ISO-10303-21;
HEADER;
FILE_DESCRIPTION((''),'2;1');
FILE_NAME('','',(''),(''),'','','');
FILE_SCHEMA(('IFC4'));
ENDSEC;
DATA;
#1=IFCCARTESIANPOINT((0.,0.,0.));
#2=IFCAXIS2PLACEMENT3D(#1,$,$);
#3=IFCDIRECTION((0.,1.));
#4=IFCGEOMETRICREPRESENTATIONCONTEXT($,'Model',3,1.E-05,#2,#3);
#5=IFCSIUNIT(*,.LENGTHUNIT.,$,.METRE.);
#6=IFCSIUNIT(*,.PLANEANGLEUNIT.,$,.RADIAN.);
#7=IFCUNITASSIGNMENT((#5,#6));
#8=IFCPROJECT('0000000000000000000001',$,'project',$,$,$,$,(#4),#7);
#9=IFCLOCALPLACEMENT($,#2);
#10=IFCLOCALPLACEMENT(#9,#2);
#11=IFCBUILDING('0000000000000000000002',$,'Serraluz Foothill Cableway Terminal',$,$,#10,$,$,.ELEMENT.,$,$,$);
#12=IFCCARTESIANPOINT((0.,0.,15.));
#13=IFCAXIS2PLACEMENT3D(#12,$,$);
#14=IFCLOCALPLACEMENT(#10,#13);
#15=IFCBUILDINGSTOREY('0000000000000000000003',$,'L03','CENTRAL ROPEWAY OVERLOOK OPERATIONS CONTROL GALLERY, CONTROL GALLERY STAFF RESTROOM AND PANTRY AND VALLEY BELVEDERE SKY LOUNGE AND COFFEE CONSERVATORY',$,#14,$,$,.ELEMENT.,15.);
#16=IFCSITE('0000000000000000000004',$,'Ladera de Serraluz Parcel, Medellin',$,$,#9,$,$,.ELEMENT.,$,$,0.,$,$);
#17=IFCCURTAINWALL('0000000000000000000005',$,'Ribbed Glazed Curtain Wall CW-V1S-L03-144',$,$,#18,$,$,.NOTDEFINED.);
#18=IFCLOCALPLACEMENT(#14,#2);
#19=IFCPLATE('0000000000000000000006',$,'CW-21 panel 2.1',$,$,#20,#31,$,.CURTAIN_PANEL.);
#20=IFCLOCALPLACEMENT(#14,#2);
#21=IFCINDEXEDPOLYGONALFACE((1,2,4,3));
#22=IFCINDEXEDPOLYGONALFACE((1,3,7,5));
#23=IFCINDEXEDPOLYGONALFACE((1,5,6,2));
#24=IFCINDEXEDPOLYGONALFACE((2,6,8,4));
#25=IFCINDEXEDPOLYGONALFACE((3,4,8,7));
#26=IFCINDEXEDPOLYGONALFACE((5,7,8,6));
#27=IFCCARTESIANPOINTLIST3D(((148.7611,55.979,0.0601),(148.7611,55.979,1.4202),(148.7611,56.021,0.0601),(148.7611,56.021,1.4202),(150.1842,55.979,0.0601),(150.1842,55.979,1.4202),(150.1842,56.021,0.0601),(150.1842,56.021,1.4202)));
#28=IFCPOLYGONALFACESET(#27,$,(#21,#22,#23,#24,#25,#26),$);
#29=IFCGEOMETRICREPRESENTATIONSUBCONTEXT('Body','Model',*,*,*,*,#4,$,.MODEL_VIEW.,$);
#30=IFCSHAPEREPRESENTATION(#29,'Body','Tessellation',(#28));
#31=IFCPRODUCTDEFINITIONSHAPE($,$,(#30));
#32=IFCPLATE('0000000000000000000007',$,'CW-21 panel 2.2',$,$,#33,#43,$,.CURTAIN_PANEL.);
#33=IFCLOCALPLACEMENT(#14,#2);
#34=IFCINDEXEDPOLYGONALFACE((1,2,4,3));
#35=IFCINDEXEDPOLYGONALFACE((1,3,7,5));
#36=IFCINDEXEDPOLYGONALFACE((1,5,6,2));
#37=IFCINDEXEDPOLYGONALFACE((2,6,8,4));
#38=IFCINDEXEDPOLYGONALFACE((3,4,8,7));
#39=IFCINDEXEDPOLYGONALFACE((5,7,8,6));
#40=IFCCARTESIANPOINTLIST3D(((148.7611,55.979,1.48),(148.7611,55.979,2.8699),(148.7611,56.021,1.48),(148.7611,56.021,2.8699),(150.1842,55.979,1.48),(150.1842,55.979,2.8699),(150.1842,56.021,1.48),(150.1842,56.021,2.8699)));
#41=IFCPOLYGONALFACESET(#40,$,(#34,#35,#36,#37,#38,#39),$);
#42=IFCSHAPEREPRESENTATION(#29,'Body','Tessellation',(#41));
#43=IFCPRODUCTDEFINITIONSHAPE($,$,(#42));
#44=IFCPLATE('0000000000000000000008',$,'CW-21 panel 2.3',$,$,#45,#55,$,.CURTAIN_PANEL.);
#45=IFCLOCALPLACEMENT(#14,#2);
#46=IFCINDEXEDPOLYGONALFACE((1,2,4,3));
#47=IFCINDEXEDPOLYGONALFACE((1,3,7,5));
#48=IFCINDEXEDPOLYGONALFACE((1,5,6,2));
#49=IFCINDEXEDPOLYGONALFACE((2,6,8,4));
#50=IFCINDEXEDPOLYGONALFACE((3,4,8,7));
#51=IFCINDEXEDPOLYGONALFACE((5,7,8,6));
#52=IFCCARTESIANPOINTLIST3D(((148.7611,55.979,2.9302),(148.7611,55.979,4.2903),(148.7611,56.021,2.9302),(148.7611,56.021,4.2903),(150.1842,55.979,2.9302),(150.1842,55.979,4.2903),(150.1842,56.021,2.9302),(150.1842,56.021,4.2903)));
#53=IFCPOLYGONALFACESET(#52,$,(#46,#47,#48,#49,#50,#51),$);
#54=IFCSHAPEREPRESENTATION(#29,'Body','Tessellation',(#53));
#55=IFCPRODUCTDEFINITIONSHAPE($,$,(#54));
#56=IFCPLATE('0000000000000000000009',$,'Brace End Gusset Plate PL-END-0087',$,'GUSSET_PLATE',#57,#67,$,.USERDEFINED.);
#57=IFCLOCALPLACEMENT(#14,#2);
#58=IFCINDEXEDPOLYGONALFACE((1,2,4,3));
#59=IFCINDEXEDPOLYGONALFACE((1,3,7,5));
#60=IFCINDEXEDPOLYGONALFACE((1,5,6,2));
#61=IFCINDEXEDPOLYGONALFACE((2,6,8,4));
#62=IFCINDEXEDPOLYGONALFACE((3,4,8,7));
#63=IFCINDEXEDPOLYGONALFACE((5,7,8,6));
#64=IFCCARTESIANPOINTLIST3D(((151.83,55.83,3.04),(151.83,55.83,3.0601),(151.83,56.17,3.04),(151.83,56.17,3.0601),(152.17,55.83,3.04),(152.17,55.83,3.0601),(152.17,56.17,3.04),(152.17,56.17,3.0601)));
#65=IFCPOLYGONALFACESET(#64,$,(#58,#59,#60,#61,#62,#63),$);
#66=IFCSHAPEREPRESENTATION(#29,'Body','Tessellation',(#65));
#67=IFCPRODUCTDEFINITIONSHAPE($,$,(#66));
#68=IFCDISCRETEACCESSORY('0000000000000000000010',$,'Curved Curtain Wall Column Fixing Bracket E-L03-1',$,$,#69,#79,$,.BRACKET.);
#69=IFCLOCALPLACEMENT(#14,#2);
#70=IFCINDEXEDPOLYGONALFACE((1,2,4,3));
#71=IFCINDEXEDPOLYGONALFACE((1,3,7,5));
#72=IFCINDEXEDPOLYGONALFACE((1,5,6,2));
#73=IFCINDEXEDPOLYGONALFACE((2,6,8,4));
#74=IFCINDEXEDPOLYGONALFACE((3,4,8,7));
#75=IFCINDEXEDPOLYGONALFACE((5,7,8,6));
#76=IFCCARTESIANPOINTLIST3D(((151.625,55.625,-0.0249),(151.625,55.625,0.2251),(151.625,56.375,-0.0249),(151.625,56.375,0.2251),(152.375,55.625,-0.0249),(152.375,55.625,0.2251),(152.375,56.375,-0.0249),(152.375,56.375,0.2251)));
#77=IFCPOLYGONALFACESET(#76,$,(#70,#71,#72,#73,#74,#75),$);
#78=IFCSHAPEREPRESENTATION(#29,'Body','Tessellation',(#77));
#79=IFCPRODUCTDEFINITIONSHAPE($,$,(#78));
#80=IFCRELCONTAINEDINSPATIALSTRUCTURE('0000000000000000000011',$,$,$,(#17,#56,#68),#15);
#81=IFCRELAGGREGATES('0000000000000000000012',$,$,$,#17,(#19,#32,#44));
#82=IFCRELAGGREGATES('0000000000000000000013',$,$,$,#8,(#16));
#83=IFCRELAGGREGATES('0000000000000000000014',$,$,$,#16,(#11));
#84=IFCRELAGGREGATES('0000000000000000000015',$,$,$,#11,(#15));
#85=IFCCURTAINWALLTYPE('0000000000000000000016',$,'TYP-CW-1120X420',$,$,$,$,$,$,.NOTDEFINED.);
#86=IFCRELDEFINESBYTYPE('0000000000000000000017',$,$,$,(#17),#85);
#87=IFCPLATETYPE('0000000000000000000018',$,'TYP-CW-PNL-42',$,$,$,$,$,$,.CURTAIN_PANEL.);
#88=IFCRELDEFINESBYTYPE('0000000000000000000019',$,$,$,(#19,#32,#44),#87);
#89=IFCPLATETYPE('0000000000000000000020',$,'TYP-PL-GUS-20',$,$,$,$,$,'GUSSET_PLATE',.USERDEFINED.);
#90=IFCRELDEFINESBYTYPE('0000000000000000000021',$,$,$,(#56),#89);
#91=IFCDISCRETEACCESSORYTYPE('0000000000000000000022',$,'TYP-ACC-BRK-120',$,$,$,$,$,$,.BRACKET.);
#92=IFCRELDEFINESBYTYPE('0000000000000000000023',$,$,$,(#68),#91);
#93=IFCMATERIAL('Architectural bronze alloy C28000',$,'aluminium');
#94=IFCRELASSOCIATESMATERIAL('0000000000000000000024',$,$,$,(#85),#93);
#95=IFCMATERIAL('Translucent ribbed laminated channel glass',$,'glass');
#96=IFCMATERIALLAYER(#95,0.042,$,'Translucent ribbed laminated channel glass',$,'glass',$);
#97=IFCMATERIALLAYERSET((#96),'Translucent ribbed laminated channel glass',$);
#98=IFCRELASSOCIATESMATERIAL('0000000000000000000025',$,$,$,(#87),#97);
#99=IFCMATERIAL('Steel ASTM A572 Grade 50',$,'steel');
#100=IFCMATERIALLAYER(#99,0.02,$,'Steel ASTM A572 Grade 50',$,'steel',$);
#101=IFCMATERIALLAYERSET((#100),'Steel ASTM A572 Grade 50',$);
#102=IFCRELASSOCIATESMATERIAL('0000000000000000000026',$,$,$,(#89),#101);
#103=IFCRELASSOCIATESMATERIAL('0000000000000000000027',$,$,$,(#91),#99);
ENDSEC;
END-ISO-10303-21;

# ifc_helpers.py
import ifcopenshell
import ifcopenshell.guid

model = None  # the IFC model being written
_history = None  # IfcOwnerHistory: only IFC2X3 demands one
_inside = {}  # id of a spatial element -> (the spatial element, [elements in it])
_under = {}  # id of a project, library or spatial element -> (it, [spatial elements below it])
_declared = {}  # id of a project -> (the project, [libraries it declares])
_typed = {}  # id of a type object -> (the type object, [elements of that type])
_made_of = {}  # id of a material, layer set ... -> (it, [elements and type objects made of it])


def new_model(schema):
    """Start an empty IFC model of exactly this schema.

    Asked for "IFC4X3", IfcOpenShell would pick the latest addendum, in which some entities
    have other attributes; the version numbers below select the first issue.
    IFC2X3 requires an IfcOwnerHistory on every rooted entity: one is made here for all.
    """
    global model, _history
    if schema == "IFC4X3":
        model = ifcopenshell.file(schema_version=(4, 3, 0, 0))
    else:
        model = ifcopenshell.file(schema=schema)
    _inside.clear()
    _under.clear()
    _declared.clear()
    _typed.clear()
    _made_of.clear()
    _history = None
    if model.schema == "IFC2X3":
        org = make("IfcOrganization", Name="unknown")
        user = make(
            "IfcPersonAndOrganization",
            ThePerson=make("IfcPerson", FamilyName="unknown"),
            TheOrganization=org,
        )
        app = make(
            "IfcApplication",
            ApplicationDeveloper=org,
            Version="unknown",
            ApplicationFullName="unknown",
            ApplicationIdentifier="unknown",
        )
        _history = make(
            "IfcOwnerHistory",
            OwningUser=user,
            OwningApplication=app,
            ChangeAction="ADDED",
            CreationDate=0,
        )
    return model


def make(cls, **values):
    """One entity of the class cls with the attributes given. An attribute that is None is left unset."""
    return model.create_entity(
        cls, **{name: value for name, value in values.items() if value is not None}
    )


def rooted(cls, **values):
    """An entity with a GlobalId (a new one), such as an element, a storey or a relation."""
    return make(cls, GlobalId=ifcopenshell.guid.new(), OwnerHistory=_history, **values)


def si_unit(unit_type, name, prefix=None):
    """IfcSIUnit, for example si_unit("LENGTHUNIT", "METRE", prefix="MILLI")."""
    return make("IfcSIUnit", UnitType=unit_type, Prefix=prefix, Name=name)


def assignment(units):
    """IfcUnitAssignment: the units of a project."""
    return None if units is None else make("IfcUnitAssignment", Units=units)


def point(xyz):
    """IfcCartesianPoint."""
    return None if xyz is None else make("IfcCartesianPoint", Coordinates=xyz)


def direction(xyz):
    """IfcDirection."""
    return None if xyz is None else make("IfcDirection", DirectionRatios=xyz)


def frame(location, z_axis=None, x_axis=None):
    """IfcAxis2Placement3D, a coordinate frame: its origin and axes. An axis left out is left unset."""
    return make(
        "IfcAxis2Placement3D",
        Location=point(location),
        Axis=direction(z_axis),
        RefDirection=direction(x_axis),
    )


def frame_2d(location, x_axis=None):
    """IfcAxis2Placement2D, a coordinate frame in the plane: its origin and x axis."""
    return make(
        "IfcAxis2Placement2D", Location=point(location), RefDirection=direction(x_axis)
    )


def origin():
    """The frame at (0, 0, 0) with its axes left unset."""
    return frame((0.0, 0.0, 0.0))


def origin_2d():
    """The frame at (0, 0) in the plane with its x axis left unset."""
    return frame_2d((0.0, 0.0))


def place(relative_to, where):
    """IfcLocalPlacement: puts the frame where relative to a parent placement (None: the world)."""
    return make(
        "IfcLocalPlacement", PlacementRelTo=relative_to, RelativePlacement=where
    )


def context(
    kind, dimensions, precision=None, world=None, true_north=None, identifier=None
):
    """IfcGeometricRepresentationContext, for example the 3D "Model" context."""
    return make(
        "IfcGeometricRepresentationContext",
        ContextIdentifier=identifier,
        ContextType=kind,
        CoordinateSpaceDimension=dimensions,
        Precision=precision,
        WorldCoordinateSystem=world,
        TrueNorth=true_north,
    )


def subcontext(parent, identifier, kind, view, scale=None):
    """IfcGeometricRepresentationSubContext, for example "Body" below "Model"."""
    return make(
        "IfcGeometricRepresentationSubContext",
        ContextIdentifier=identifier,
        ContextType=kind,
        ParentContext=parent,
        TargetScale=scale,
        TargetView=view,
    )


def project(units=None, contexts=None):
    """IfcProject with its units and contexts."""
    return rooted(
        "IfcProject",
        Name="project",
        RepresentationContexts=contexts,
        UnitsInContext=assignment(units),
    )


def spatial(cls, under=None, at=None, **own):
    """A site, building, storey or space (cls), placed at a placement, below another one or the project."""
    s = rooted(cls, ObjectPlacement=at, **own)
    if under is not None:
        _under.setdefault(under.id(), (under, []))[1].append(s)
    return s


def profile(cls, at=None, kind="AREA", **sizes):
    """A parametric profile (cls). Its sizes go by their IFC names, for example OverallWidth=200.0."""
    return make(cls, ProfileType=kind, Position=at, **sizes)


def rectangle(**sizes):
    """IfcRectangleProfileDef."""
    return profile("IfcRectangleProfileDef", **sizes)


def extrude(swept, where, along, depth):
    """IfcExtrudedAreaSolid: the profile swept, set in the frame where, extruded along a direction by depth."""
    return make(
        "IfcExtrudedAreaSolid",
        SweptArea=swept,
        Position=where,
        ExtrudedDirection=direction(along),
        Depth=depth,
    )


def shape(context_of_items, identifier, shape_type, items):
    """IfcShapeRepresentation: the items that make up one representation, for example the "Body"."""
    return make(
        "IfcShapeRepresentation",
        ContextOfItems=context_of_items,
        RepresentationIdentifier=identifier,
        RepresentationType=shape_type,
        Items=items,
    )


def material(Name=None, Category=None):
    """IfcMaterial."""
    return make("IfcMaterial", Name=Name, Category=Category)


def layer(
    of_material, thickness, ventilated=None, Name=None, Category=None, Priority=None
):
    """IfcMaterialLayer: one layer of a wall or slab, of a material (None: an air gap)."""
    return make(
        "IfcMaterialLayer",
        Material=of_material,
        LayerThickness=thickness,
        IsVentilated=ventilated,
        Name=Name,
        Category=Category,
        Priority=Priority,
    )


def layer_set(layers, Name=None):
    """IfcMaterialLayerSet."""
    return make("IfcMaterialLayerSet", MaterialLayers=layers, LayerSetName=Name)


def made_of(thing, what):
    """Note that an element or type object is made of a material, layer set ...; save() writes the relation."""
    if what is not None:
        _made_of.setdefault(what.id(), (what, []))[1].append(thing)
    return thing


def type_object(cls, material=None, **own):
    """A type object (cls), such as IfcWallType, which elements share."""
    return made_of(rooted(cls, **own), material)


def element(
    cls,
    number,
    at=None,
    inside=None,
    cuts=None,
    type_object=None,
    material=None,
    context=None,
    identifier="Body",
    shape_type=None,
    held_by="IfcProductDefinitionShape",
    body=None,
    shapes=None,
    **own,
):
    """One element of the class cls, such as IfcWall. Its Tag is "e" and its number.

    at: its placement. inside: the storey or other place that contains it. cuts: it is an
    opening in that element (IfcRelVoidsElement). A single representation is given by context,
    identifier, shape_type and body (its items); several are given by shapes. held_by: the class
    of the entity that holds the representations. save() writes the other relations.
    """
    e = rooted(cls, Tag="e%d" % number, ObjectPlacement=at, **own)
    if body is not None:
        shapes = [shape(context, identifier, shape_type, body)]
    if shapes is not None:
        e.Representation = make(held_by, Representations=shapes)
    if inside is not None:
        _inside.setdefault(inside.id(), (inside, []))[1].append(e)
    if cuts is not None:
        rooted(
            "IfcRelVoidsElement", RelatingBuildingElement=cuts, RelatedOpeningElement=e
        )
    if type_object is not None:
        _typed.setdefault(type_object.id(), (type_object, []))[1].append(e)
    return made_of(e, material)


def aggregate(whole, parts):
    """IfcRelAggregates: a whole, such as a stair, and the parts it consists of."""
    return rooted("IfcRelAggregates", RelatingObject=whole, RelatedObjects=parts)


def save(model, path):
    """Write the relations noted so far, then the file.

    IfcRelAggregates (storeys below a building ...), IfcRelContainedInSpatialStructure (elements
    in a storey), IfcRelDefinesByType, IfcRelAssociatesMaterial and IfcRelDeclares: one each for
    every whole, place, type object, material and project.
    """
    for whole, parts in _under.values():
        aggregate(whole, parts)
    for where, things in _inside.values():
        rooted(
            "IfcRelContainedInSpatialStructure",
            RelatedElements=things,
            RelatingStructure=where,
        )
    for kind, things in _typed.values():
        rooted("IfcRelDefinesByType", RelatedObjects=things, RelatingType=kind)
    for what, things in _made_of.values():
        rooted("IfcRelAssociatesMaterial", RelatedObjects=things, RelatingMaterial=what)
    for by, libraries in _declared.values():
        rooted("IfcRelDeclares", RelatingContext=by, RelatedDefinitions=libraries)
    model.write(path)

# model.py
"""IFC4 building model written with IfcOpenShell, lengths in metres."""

from ifc_helpers import new_model, si_unit, direction, frame, origin, origin_2d, place, context, subcontext, project, spatial, rectangle, extrude, material, layer, layer_set, type_object, element, aggregate, save


model = new_model("IFC4")

# Units and contexts
model_context = context("Model", 3, precision=1e-05, world=origin(), true_north=direction((0.0, 1.0)))
body_context = subcontext(model_context, "Body", "Model", "MODEL_VIEW")
ifc_project = project(units=[si_unit("LENGTHUNIT", "METRE"), si_unit("PLANEANGLEUNIT", "RADIAN")], contexts=[model_context])

# Site, building, storey
site_placement = place(None, origin())
site = spatial("IfcSite", under=ifc_project, at=site_placement, Name="Ladera de Serraluz Parcel, Medellin", CompositionType="ELEMENT", RefElevation=0.0)
building_placement = place(site_placement, origin())
building = spatial("IfcBuilding", under=site, at=building_placement, Name="Serraluz Foothill Cableway Terminal", CompositionType="ELEMENT")
storey_placement = place(building_placement, frame((0.0, 0.0, 15.0)))
storey = spatial("IfcBuildingStorey", under=building, at=storey_placement, Name="L03", Description="CENTRAL ROPEWAY OVERLOOK OPERATIONS CONTROL GALLERY, CONTROL GALLERY STAFF RESTROOM AND PANTRY AND VALLEY BELVEDERE SKY LOUNGE AND COFFEE CONSERVATORY", CompositionType="ELEMENT", Elevation=15.0)

# Curtain wall
ifc_material_1 = material(Name="Architectural bronze alloy C28000", Category="aluminium")
curtain_wall_type_1 = type_object("IfcCurtainWallType", Name="TYP-CW-1120X420", PredefinedType="NOTDEFINED", material=ifc_material_1)
curtain_wall_1_placement = place(storey_placement, origin())
curtain_wall_1 = element("IfcCurtainWall", 1, at=curtain_wall_1_placement, inside=storey, type_object=curtain_wall_type_1, Name="Ribbed Glazed Curtain Wall CW-V1S-L03-144", PredefinedType="NOTDEFINED")

# Shared definitions
ifc_material_2 = material(Name="Steel ASTM A572 Grade 50", Category="steel")

# Plates
ifc_material_3 = material(Name="Translucent ribbed laminated channel glass", Category="glass")
ifc_layer_1 = layer(ifc_material_3, 0.042, Name="Translucent ribbed laminated channel glass", Category="glass")
ifc_layer_set_1 = layer_set([ifc_layer_1], Name="Translucent ribbed laminated channel glass")
plate_type_1 = type_object("IfcPlateType", Name="TYP-CW-PNL-42", PredefinedType="CURTAIN_PANEL", material=ifc_layer_set_1)
plate_1_placement = place(storey_placement, frame((149.4727, 56.0, 0.0601), z_axis=(0.0, 0.0, 1.0), x_axis=(-1.0, 0.0, 0.0)))
plate_1 = element("IfcPlate", 2, at=plate_1_placement, type_object=plate_type_1, Name="CW-21 panel 2.1", PredefinedType="CURTAIN_PANEL", context=body_context, shape_type="SweptSolid", body=[
    extrude(rectangle(XDim=1.4231, YDim=0.042, at=origin_2d()), origin(), (0.0, 0.0, 1.0), 1.3601),
])
plate_2_placement = place(storey_placement, frame((149.4727, 56.0, 1.48), z_axis=(0.0, 0.0, 1.0), x_axis=(-1.0, 0.0, 0.0)))
plate_2 = element("IfcPlate", 3, at=plate_2_placement, type_object=plate_type_1, Name="CW-21 panel 2.2", PredefinedType="CURTAIN_PANEL", context=body_context, shape_type="SweptSolid", body=[
    extrude(rectangle(XDim=1.4231, YDim=0.042, at=origin_2d()), origin(), (0.0, 0.0, 1.0), 1.3899),
])
plate_3_placement = place(storey_placement, frame((149.4727, 56.0, 2.9302), z_axis=(0.0, 0.0, 1.0), x_axis=(-1.0, 0.0, 0.0)))
plate_3 = element("IfcPlate", 4, at=plate_3_placement, type_object=plate_type_1, Name="CW-21 panel 2.3", PredefinedType="CURTAIN_PANEL", context=body_context, shape_type="SweptSolid", body=[
    extrude(rectangle(XDim=1.4231, YDim=0.042, at=origin_2d()), origin(), (0.0, 0.0, 1.0), 1.3601),
])
aggregate(curtain_wall_1, [plate_1, plate_2, plate_3])
ifc_layer_2 = layer(ifc_material_2, 0.02, Name="Steel ASTM A572 Grade 50", Category="steel")
ifc_layer_set_2 = layer_set([ifc_layer_2], Name="Steel ASTM A572 Grade 50")
plate_type_2 = type_object("IfcPlateType", Name="TYP-PL-GUS-20", ElementType="GUSSET_PLATE", PredefinedType="USERDEFINED", material=ifc_layer_set_2)
plate_4_placement = place(storey_placement, frame((152.0, 56.0, 3.04), z_axis=(0.0, 0.0, 1.0), x_axis=(1.0, 0.0, 0.0)))
element("IfcPlate", 5, at=plate_4_placement, inside=storey, type_object=plate_type_2, Name="Brace End Gusset Plate PL-END-0087", ObjectType="GUSSET_PLATE", PredefinedType="USERDEFINED", context=body_context, shape_type="SweptSolid", body=[
    extrude(rectangle(XDim=0.3401, YDim=0.3401, at=origin_2d()), origin(), (0.0, 0.0, 1.0), 0.02),
])

# Discrete accessory
discrete_accessory_type = type_object("IfcDiscreteAccessoryType", Name="TYP-ACC-BRK-120", PredefinedType="BRACKET", material=ifc_material_2)
discrete_accessory_placement = place(storey_placement, frame((152.0, 56.0, -0.0249), z_axis=(0.0, 0.0, 1.0), x_axis=(1.0, 0.0, 0.0)))
element("IfcDiscreteAccessory", 6, at=discrete_accessory_placement, inside=storey, type_object=discrete_accessory_type, Name="Curved Curtain Wall Column Fixing Bracket E-L03-1", PredefinedType="BRACKET", context=body_context, shape_type="SweptSolid", body=[
    extrude(rectangle(XDim=0.75, YDim=0.75, at=origin_2d()), origin(), (0.0, 0.0, 1.0), 0.25),
])

save(model, "model.ifc")
